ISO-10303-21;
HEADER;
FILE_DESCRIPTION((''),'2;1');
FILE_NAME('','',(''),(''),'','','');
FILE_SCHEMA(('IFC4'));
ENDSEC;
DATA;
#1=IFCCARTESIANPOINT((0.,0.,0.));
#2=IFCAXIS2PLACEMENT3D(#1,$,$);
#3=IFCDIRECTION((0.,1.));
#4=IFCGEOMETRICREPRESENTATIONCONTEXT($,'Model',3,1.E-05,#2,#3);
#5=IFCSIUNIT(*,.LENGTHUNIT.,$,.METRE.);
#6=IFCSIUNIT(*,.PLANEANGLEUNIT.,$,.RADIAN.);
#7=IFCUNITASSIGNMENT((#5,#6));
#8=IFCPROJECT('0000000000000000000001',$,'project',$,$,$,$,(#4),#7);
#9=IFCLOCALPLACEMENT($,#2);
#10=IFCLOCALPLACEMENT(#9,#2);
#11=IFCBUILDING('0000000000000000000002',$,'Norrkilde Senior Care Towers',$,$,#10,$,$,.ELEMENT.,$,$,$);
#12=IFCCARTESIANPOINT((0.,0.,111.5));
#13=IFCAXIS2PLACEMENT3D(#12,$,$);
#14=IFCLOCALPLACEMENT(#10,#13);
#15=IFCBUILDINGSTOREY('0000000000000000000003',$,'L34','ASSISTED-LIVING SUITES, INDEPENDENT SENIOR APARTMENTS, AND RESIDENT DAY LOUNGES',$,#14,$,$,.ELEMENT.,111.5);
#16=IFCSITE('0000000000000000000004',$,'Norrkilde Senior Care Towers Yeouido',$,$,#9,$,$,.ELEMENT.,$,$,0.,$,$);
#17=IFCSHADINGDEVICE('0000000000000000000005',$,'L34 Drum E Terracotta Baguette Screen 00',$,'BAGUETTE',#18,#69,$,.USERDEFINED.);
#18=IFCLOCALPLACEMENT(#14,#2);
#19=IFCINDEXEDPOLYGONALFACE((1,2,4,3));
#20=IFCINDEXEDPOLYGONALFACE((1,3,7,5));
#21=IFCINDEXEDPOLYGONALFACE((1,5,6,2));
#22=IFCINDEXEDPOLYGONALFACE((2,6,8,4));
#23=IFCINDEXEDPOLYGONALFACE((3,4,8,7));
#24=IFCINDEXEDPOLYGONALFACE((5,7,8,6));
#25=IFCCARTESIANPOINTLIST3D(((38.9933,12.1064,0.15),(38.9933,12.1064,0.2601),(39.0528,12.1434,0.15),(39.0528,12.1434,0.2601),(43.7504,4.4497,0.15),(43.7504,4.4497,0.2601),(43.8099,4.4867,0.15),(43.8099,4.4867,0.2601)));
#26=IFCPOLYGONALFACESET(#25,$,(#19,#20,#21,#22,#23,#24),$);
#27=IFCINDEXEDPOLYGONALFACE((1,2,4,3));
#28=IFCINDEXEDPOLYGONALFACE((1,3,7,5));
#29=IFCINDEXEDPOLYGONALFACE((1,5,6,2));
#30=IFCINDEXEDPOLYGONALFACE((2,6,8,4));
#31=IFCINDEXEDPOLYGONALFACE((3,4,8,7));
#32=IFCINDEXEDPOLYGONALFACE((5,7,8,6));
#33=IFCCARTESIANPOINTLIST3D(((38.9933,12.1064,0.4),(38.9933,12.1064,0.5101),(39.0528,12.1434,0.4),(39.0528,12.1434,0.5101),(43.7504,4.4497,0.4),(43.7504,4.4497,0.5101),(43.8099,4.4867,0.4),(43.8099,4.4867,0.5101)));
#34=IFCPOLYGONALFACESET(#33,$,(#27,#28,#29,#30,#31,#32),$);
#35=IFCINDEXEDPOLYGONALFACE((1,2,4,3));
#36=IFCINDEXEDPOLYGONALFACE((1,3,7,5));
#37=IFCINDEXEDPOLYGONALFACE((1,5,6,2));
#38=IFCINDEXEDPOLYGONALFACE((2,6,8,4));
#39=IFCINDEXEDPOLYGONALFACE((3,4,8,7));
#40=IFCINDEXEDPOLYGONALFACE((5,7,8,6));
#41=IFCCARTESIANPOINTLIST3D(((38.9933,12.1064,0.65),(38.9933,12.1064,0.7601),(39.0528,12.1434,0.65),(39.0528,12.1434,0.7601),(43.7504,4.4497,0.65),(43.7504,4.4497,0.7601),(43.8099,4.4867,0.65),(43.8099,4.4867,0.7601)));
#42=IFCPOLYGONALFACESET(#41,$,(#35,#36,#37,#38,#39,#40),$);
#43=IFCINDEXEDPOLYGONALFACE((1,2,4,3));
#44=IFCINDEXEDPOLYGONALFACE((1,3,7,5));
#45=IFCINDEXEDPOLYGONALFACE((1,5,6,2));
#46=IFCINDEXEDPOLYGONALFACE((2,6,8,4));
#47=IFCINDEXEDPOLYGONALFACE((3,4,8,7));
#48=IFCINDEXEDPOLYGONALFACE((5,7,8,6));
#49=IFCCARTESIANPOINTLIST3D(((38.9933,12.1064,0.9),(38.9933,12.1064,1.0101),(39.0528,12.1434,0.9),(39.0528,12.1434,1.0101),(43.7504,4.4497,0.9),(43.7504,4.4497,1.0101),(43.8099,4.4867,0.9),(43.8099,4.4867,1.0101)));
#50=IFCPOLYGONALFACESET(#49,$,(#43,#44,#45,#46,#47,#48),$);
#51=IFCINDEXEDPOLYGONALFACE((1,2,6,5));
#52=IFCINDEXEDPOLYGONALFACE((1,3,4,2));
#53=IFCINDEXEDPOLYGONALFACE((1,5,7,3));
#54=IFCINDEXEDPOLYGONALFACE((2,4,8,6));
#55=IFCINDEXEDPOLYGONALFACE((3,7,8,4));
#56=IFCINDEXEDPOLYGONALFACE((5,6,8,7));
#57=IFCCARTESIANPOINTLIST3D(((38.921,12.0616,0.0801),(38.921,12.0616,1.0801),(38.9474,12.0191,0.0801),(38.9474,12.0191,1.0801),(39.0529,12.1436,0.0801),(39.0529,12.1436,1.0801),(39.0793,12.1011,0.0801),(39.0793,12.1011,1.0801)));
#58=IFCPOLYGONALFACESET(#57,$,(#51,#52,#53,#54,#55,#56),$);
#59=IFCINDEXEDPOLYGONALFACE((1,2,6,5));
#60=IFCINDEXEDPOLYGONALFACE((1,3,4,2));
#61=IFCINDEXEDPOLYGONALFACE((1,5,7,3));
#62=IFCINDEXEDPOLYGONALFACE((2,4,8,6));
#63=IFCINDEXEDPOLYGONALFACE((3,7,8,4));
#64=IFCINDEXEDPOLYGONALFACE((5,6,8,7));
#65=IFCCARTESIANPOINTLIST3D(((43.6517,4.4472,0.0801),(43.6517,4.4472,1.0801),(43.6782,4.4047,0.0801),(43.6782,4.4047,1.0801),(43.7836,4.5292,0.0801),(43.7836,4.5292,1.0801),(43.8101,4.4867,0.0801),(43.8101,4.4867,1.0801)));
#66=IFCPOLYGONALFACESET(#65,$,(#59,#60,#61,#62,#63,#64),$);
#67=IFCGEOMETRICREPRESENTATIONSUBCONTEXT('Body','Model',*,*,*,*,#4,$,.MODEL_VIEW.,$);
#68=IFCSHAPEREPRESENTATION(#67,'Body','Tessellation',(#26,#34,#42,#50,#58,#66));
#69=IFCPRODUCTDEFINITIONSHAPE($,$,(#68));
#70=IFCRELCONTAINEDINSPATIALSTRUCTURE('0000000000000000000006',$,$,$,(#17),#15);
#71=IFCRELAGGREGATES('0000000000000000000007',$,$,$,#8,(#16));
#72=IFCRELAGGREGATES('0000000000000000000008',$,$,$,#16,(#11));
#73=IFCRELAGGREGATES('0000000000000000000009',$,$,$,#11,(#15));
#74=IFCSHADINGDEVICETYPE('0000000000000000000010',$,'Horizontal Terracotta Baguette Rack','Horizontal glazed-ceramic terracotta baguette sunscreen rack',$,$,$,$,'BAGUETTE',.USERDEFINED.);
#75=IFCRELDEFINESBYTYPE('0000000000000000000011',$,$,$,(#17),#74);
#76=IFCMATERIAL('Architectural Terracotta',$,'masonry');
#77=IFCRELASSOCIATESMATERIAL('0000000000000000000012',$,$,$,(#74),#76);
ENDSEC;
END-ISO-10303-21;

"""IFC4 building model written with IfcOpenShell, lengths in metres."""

from ifc_helpers import new_model, si_unit, direction, frame, origin, origin_2d, place, context, subcontext, project, spatial, rectangle, extrude, source, transform, mapped, material, type_object, type_shapes, element, save


model = new_model("IFC4")

# Units and contexts
model_context = context("Model", 3, precision=1e-05, world=origin(), true_north=direction((0.0, 1.0)))
body_context = subcontext(model_context, "Body", "Model", "MODEL_VIEW")
ifc_project = project(units=[si_unit("LENGTHUNIT", "METRE"), si_unit("PLANEANGLEUNIT", "RADIAN")], contexts=[model_context])

# Site, building, storey
site_placement = place(None, origin())
site = spatial("IfcSite", under=ifc_project, at=site_placement, Name="Norrkilde Senior Care Towers Yeouido", CompositionType="ELEMENT", RefElevation=0.0)
building_placement = place(site_placement, origin())
building = spatial("IfcBuilding", under=site, at=building_placement, Name="Norrkilde Senior Care Towers", CompositionType="ELEMENT")
storey_placement = place(building_placement, frame((0.0, 0.0, 111.5)))
storey = spatial("IfcBuildingStorey", under=building, at=storey_placement, Name="L34", Description="ASSISTED-LIVING SUITES, INDEPENDENT SENIOR APARTMENTS, AND RESIDENT DAY LOUNGES", CompositionType="ELEMENT", Elevation=111.5)

# Shading device
ifc_material_1 = material(Name="Architectural Terracotta", Category="masonry")
shading_device_type = type_object("IfcShadingDeviceType", Name="Horizontal Terracotta Baguette Rack", Description="Horizontal glazed-ceramic terracotta baguette sunscreen rack", ElementType="BAGUETTE", PredefinedType="USERDEFINED", material=ifc_material_1)
shared_shape_1 = source(origin(), body_context, "Body", "SweptSolid", [
    extrude(rectangle(XDim=0.0701, YDim=0.1101, at=origin_2d()), frame((0.0, 0.0901, 0.125), z_axis=(1.0, 0.0, 0.0), x_axis=(0.0, 1.0, 0.0)), (0.0, 0.0, 1.0), 9.0142),
    extrude(rectangle(XDim=0.0701, YDim=0.1101, at=origin_2d()), frame((0.0, 0.0901, 0.375), z_axis=(1.0, 0.0, 0.0), x_axis=(0.0, 1.0, 0.0)), (0.0, 0.0, 1.0), 9.0142),
    extrude(rectangle(XDim=0.0701, YDim=0.1101, at=origin_2d()), frame((0.0, 0.0901, 0.625), z_axis=(1.0, 0.0, 0.0), x_axis=(0.0, 1.0, 0.0)), (0.0, 0.0, 1.0), 9.0142),
    extrude(rectangle(XDim=0.0701, YDim=0.1101, at=origin_2d()), frame((0.0, 0.0901, 0.875), z_axis=(1.0, 0.0, 0.0), x_axis=(0.0, 1.0, 0.0)), (0.0, 0.0, 1.0), 9.0142),
    extrude(rectangle(XDim=0.05, YDim=0.1553, at=origin_2d()), frame((0.0249, 0.0476, 0.0)), (0.0, 0.0, 1.0), 1.0),
    extrude(rectangle(XDim=0.05, YDim=0.1553, at=origin_2d()), frame((8.9893, 0.0476, 0.0)), (0.0, 0.0, 1.0), 1.0),
])
type_shapes(shading_device_type, [shared_shape_1])
shading_device_placement = place(storey_placement, frame((38.9465, 12.0774, 0.0801), z_axis=(0.0, 0.0, 1.0), x_axis=(0.527734, -0.849412, 0.0)))
element("IfcShadingDevice", 1, at=shading_device_placement, inside=storey, type_object=shading_device_type, Name="L34 Drum E Terracotta Baguette Screen 00", ObjectType="BAGUETTE", PredefinedType="USERDEFINED", context=body_context, shape_type="MappedRepresentation", body=[
    mapped(shared_shape_1, transform((0.0, 0.0, 0.0), x_axis=(1.0, 0.0, 0.0), y_axis=(0.0, 1.0, 0.0), z_axis=(0.0, 0.0, 1.0), scale=1.0)),
])

save(model, "model.ifc")
